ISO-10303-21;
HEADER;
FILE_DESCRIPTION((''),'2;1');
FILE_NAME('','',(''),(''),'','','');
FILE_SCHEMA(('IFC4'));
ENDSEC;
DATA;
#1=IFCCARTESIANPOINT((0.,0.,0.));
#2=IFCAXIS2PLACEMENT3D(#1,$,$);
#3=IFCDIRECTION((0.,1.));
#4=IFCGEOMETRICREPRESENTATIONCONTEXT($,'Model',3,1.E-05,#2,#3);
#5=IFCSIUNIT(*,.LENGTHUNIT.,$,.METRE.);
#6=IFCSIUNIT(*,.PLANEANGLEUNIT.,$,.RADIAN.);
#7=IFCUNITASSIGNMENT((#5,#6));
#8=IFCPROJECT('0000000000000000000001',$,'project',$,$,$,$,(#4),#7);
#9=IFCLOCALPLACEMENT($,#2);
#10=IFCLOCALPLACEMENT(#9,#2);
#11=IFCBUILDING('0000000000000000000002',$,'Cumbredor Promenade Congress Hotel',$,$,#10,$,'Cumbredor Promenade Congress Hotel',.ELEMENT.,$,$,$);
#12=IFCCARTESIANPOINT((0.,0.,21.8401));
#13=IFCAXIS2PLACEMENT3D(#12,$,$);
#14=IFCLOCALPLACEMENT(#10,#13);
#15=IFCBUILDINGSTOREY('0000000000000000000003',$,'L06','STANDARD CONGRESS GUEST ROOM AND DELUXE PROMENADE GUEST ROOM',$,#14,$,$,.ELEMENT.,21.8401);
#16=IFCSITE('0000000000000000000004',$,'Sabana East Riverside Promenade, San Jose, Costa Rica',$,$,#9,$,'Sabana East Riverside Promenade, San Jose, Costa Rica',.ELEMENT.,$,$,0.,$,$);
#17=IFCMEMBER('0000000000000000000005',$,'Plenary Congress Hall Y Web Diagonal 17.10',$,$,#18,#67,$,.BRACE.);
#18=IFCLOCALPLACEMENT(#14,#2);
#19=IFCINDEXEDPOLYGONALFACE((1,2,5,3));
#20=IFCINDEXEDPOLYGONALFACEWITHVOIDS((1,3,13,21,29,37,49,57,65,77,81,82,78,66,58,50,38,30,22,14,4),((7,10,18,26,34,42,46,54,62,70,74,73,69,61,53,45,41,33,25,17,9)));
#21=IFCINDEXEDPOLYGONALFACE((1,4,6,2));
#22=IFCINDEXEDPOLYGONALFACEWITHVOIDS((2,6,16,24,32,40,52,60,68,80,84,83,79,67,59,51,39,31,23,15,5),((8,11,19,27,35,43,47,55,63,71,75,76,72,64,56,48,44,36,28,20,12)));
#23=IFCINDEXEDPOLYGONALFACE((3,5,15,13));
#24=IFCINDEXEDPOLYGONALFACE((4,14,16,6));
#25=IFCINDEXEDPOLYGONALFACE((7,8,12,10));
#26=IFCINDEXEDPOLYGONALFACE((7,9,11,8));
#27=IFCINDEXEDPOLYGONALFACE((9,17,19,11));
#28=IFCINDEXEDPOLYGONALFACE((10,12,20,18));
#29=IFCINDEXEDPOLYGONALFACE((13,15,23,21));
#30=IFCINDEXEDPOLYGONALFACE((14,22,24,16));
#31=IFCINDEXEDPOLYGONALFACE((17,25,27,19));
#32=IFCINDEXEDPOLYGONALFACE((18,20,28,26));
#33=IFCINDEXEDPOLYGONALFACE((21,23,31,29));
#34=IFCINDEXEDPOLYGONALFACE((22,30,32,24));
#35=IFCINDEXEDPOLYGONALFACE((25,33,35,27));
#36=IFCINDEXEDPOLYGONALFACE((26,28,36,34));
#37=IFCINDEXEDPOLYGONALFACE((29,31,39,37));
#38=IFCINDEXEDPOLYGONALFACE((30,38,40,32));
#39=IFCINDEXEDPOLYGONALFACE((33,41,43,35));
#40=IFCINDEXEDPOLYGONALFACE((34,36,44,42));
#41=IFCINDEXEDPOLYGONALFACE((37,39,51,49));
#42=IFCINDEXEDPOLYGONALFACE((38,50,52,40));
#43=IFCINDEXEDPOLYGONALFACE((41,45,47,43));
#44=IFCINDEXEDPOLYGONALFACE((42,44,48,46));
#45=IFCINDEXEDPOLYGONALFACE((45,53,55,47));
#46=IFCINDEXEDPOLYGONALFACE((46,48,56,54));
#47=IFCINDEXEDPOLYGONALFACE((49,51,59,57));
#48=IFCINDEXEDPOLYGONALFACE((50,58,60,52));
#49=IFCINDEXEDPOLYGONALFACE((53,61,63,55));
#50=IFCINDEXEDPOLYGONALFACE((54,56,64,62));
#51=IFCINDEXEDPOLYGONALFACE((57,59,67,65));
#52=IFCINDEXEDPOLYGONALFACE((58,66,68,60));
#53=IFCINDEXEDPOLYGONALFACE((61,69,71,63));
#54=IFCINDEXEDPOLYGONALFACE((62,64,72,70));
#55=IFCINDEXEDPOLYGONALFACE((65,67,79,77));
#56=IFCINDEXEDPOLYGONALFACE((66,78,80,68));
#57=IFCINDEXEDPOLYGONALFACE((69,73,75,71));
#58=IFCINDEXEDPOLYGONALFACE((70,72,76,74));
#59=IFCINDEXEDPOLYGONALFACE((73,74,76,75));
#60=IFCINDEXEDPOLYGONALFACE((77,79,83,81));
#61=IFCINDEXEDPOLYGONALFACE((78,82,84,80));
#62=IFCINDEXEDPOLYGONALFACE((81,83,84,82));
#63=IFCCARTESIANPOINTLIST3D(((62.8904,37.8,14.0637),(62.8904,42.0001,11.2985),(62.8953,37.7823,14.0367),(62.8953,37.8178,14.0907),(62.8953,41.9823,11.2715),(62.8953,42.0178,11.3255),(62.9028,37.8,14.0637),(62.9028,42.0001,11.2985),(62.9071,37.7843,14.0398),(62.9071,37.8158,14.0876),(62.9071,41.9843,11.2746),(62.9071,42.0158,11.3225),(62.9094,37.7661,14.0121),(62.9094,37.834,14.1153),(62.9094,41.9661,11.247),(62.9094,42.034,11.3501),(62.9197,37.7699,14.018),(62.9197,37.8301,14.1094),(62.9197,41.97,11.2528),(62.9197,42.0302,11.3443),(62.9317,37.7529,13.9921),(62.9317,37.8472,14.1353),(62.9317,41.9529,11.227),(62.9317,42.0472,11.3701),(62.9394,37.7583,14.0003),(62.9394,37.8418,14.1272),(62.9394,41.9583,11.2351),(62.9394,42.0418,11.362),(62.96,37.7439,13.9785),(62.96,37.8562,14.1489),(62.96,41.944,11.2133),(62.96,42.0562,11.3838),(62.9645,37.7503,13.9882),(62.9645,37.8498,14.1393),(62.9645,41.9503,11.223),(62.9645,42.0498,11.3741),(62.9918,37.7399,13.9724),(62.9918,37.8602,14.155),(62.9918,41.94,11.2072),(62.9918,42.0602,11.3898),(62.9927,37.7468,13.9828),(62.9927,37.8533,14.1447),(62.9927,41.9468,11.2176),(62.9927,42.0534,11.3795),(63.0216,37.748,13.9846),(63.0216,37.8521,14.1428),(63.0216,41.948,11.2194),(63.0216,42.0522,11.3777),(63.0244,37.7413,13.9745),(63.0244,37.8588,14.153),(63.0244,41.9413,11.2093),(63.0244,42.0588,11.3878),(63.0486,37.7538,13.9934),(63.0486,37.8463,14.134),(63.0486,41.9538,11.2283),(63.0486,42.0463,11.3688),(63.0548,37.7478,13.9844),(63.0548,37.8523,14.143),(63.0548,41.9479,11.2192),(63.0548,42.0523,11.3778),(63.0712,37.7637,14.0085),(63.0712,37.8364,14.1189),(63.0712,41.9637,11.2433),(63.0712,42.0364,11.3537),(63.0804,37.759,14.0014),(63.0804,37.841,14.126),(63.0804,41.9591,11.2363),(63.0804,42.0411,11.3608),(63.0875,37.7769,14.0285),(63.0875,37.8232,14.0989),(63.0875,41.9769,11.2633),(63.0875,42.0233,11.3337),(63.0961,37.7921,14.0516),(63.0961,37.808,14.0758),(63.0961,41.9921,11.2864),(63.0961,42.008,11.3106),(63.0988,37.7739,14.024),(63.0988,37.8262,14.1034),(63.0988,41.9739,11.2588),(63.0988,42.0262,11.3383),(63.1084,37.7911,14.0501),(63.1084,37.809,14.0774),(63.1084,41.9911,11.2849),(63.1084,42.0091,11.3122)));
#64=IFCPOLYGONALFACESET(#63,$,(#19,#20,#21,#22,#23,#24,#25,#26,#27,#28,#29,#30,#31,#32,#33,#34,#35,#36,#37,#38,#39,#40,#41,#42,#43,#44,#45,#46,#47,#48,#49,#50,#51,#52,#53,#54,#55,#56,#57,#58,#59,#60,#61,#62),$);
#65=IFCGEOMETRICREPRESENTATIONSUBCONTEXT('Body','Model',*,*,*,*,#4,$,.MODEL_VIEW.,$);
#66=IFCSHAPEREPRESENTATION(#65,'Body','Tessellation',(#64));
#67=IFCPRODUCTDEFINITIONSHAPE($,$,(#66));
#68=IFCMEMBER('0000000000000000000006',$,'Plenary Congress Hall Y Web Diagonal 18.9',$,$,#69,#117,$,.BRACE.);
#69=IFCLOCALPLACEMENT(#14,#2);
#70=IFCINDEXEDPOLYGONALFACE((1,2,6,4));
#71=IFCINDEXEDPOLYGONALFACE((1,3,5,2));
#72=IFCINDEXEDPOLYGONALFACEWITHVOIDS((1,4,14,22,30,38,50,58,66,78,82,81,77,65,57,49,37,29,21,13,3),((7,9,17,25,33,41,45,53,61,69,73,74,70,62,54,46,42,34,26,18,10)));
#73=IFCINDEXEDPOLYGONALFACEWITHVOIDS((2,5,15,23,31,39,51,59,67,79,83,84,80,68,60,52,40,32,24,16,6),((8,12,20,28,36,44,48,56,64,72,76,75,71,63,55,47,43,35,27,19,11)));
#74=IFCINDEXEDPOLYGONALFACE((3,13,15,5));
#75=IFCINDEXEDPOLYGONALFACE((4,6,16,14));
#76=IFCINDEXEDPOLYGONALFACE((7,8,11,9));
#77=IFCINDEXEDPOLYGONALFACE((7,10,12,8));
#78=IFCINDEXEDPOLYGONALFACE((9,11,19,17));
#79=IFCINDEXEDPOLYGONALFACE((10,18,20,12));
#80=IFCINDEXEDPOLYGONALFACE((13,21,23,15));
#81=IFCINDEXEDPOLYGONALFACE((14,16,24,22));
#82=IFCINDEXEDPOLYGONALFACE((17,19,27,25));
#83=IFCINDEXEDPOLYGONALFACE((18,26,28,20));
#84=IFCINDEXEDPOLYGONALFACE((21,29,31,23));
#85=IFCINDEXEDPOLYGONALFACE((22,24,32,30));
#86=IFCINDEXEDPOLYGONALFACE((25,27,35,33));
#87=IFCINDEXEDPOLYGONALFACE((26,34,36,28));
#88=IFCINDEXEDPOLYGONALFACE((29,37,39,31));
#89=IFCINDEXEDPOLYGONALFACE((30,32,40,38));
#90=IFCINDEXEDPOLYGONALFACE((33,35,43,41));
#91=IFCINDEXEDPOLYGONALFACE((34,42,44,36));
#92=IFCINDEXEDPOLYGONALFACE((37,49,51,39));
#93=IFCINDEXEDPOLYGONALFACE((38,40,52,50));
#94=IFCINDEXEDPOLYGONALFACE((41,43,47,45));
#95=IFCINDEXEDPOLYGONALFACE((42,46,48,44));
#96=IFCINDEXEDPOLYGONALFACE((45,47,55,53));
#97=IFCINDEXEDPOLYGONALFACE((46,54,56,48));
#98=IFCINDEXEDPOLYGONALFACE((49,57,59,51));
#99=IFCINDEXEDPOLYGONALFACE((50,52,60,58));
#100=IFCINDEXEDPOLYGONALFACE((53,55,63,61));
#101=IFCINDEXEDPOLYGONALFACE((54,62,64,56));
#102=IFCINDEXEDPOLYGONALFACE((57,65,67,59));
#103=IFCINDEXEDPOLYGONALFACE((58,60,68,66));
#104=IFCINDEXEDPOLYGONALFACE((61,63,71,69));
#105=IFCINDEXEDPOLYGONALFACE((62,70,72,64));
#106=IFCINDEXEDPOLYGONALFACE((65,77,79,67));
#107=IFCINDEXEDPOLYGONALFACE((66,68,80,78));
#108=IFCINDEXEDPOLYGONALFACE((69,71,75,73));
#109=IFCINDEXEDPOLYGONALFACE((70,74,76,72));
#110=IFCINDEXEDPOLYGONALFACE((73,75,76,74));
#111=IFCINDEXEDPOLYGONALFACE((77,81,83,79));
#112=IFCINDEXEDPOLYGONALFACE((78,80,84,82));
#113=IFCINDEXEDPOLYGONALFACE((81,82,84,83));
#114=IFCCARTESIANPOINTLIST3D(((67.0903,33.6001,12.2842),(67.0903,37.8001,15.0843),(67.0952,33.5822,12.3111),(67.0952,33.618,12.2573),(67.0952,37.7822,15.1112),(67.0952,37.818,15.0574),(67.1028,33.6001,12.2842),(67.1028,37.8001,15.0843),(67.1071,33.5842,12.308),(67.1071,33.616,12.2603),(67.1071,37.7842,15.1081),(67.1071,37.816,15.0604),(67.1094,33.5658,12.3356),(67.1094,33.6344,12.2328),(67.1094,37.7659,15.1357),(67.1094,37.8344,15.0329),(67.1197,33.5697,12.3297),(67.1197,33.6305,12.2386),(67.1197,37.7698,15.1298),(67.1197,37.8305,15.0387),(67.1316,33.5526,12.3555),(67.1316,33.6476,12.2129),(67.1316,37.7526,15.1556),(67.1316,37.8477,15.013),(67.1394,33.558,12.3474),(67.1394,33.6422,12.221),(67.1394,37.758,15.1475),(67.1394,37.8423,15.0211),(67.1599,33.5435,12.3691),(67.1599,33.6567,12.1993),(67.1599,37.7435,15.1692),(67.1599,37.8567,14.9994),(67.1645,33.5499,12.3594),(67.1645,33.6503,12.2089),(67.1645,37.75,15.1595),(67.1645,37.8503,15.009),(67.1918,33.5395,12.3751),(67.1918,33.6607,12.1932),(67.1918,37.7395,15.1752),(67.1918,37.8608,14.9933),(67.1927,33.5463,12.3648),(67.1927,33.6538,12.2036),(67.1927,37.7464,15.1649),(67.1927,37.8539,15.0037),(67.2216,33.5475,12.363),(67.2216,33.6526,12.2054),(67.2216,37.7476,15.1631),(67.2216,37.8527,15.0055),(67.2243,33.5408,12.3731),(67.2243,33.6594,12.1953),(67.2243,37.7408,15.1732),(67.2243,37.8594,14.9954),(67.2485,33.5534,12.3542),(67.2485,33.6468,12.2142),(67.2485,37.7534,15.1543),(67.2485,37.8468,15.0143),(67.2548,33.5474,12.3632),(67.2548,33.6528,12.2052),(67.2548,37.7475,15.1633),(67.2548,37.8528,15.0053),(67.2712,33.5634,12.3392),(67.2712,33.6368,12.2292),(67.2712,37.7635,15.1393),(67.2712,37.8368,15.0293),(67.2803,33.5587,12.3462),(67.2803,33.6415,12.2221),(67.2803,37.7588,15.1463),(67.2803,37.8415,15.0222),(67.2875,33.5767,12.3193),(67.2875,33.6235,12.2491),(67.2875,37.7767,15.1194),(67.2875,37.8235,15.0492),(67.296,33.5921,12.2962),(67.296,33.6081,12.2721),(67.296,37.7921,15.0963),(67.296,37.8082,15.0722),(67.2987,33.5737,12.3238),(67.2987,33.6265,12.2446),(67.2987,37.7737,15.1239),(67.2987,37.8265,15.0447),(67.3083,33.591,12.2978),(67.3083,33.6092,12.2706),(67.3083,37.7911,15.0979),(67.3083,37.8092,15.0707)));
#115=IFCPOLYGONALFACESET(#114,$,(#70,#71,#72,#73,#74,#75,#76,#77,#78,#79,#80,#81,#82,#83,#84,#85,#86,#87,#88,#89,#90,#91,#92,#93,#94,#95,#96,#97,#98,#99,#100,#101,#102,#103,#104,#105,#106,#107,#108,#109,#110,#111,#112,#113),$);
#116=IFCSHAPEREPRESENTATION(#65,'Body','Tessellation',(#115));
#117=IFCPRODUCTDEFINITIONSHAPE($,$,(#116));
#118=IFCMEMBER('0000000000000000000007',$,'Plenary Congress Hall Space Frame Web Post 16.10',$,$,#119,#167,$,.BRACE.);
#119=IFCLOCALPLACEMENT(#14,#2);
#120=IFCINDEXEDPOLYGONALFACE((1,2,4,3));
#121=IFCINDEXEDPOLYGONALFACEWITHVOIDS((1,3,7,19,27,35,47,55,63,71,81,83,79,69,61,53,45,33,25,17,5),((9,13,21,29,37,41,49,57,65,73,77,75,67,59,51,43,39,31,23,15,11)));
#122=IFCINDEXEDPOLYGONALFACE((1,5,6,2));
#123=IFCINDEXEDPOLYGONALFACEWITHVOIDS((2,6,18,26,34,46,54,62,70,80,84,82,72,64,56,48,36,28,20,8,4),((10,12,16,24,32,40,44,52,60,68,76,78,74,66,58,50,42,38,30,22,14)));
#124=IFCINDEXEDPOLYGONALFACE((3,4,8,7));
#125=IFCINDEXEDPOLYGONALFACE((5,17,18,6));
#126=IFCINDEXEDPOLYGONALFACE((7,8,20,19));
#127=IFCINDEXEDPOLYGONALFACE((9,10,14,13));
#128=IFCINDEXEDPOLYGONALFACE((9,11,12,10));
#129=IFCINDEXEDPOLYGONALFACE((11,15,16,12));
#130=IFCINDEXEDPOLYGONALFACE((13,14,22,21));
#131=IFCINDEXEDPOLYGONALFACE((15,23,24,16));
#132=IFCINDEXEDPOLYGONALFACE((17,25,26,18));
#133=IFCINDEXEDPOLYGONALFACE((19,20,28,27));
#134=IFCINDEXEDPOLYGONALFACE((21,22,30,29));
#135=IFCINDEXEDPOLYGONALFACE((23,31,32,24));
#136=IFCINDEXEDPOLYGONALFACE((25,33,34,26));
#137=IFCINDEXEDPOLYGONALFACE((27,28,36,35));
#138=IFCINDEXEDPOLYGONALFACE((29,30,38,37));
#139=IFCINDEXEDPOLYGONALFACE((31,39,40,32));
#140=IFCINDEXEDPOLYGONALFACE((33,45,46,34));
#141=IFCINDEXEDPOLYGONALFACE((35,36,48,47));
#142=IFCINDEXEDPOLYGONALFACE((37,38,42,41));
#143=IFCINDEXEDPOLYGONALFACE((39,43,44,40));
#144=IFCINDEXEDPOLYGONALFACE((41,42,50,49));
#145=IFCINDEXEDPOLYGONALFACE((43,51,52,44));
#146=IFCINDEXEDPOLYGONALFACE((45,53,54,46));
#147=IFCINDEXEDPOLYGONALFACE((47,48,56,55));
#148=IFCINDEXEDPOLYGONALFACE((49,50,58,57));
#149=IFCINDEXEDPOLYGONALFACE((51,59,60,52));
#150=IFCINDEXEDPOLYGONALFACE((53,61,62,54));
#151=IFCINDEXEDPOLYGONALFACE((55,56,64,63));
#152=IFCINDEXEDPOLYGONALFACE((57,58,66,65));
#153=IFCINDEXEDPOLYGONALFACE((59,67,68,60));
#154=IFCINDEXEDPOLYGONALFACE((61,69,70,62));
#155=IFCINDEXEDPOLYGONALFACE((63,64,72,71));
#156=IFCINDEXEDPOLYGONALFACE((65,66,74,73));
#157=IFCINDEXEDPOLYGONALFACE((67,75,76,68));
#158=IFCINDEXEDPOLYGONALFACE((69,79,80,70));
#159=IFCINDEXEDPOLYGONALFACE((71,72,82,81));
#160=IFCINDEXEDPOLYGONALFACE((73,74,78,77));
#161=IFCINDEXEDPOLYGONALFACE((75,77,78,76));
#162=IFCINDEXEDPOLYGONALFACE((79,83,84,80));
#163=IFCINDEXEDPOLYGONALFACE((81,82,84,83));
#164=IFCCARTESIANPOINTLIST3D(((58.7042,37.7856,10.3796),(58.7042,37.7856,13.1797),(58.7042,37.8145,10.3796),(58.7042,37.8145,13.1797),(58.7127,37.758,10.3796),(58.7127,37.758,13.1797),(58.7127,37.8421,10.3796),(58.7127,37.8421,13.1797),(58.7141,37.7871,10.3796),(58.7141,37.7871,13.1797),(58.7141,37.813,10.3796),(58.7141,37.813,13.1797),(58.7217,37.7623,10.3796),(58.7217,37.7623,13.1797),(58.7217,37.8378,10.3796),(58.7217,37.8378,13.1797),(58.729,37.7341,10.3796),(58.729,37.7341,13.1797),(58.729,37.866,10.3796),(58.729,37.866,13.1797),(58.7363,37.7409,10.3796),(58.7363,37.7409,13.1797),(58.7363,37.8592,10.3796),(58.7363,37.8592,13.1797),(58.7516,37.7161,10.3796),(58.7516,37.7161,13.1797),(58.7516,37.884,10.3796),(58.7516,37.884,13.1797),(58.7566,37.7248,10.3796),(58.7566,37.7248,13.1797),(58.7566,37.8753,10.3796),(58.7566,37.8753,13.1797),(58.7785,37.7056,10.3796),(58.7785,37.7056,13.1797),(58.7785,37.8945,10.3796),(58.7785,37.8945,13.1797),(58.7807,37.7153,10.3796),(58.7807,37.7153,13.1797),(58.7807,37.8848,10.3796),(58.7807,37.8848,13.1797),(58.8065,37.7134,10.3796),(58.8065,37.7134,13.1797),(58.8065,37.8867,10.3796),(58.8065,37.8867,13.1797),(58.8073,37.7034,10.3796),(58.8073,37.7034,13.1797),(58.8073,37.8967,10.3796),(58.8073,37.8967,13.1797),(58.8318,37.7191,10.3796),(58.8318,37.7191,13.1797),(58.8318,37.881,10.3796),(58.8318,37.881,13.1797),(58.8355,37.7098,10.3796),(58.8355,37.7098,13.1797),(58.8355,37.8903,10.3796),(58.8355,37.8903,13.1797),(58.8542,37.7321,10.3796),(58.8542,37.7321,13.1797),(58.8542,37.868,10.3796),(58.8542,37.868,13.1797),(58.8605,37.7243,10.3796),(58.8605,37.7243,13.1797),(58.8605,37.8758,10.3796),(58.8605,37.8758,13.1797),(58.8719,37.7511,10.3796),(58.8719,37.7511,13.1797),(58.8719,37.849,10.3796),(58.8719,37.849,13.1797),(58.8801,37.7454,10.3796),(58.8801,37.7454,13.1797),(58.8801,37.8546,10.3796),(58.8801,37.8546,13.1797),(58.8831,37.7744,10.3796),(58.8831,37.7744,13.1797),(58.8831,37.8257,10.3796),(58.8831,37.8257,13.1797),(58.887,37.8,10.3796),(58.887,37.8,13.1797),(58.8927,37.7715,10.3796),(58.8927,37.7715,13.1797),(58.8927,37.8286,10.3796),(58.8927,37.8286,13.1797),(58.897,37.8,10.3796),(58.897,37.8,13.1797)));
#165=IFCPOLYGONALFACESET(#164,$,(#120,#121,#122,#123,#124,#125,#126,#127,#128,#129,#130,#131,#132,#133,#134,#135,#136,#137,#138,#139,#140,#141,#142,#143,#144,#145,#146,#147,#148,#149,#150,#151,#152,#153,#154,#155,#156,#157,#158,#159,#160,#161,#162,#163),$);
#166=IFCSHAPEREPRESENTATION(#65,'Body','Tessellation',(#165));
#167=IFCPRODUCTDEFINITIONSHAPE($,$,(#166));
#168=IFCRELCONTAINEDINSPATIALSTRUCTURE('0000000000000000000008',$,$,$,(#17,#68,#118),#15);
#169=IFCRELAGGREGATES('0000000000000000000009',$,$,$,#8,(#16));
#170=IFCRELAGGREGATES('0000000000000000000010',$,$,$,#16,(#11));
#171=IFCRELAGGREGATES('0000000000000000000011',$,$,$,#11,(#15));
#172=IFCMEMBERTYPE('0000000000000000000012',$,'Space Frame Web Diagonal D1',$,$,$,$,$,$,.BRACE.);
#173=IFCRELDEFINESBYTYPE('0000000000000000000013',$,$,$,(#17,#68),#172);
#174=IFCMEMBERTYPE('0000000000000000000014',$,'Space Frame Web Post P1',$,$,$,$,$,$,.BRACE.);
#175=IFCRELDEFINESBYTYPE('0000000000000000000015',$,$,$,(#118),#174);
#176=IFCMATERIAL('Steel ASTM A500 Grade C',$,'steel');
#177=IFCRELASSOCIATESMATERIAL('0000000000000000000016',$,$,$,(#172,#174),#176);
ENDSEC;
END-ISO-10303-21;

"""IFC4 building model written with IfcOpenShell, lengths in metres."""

from ifc_helpers import new_model, si_unit, direction, frame, origin, origin_2d, place, context, subcontext, project, spatial, hollow_circle, extrude, material, material_profile, profile_set, type_object, element, save


model = new_model("IFC4")

# Units and contexts
model_context = context("Model", 3, precision=1e-05, world=origin(), true_north=direction((0.0, 1.0)))
body_context = subcontext(model_context, "Body", "Model", "MODEL_VIEW")
ifc_project = project(units=[si_unit("LENGTHUNIT", "METRE"), si_unit("PLANEANGLEUNIT", "RADIAN")], contexts=[model_context])

# Site, building, storey
site_placement = place(None, origin())
site = spatial("IfcSite", under=ifc_project, at=site_placement, Name="Sabana East Riverside Promenade, San Jose, Costa Rica", LongName="Sabana East Riverside Promenade, San Jose, Costa Rica", CompositionType="ELEMENT", RefElevation=0.0)
building_placement = place(site_placement, origin())
building = spatial("IfcBuilding", under=site, at=building_placement, Name="Cumbredor Promenade Congress Hotel", LongName="Cumbredor Promenade Congress Hotel", CompositionType="ELEMENT")
storey_placement = place(building_placement, frame((0.0, 0.0, 21.8401)))
storey = spatial("IfcBuildingStorey", under=building, at=storey_placement, Name="L06", Description="STANDARD CONGRESS GUEST ROOM AND DELUXE PROMENADE GUEST ROOM", CompositionType="ELEMENT", Elevation=21.8401)

# Members
ifc_material_1 = material(Name="Steel ASTM A500 Grade C", Category="steel")
ifc_material_profile_1 = material_profile(ifc_material_1, hollow_circle(Radius=0.1096, WallThickness=0.0125, at=origin_2d()), Name="CHS 219.1x12.5")
ifc_profile_set_1 = profile_set([ifc_material_profile_1], Name="Steel ASTM A500 Grade C")
member_type_1 = type_object("IfcMemberType", Name="Space Frame Web Diagonal D1", PredefinedType="BRACE", material=ifc_profile_set_1)
member_1_placement = place(storey_placement, frame((63.0, 37.8, 14.0637), z_axis=(0.0, 0.835233, -0.549896), x_axis=(-1.0, 0.0, 0.0)))
element("IfcMember", 1, at=member_1_placement, inside=storey, type_object=member_type_1, Name="Plenary Congress Hall Y Web Diagonal 17.10", PredefinedType="BRACE", context=body_context, shape_type="SweptSolid", body=[
    extrude(hollow_circle(Radius=0.1096, WallThickness=0.0125, at=origin_2d()), origin(), (0.0, 0.0, 1.0), 5.0286),
])
member_2_placement = place(storey_placement, frame((67.2, 33.6001, 12.2842), z_axis=(0.0, 0.832043, 0.554711), x_axis=(-1.0, 0.0, 0.0)))
element("IfcMember", 2, at=member_2_placement, inside=storey, type_object=member_type_1, Name="Plenary Congress Hall Y Web Diagonal 18.9", PredefinedType="BRACE", context=body_context, shape_type="SweptSolid", body=[
    extrude(hollow_circle(Radius=0.1096, WallThickness=0.0125, at=origin_2d()), origin(), (0.0, 0.0, 1.0), 5.0479),
])
ifc_material_profile_2 = material_profile(ifc_material_1, hollow_circle(Radius=0.0969, WallThickness=0.01, at=origin_2d()), Name="CHS 193.7x10")
ifc_profile_set_2 = profile_set([ifc_material_profile_2], Name="Steel ASTM A500 Grade C")
member_type_2 = type_object("IfcMemberType", Name="Space Frame Web Post P1", PredefinedType="BRACE", material=ifc_profile_set_2)
for number, where, z_axis, x_axis, name in (
    (3, (58.8, 37.8, 10.3796), (0.0, 0.0, 1.0), (1.0, 0.0, 0.0), "Plenary Congress Hall Space Frame Web Post 16.10"),
):
    element("IfcMember", number, at=place(storey_placement, frame(where, z_axis=z_axis, x_axis=x_axis)), inside=storey, type_object=member_type_2, Name=name, PredefinedType="BRACE", context=body_context, shape_type="SweptSolid", body=[
        extrude(hollow_circle(Radius=0.0969, WallThickness=0.01, at=origin_2d()), origin(), (0.0, 0.0, 1.0), 2.8),
    ])

save(model, "model.ifc")
